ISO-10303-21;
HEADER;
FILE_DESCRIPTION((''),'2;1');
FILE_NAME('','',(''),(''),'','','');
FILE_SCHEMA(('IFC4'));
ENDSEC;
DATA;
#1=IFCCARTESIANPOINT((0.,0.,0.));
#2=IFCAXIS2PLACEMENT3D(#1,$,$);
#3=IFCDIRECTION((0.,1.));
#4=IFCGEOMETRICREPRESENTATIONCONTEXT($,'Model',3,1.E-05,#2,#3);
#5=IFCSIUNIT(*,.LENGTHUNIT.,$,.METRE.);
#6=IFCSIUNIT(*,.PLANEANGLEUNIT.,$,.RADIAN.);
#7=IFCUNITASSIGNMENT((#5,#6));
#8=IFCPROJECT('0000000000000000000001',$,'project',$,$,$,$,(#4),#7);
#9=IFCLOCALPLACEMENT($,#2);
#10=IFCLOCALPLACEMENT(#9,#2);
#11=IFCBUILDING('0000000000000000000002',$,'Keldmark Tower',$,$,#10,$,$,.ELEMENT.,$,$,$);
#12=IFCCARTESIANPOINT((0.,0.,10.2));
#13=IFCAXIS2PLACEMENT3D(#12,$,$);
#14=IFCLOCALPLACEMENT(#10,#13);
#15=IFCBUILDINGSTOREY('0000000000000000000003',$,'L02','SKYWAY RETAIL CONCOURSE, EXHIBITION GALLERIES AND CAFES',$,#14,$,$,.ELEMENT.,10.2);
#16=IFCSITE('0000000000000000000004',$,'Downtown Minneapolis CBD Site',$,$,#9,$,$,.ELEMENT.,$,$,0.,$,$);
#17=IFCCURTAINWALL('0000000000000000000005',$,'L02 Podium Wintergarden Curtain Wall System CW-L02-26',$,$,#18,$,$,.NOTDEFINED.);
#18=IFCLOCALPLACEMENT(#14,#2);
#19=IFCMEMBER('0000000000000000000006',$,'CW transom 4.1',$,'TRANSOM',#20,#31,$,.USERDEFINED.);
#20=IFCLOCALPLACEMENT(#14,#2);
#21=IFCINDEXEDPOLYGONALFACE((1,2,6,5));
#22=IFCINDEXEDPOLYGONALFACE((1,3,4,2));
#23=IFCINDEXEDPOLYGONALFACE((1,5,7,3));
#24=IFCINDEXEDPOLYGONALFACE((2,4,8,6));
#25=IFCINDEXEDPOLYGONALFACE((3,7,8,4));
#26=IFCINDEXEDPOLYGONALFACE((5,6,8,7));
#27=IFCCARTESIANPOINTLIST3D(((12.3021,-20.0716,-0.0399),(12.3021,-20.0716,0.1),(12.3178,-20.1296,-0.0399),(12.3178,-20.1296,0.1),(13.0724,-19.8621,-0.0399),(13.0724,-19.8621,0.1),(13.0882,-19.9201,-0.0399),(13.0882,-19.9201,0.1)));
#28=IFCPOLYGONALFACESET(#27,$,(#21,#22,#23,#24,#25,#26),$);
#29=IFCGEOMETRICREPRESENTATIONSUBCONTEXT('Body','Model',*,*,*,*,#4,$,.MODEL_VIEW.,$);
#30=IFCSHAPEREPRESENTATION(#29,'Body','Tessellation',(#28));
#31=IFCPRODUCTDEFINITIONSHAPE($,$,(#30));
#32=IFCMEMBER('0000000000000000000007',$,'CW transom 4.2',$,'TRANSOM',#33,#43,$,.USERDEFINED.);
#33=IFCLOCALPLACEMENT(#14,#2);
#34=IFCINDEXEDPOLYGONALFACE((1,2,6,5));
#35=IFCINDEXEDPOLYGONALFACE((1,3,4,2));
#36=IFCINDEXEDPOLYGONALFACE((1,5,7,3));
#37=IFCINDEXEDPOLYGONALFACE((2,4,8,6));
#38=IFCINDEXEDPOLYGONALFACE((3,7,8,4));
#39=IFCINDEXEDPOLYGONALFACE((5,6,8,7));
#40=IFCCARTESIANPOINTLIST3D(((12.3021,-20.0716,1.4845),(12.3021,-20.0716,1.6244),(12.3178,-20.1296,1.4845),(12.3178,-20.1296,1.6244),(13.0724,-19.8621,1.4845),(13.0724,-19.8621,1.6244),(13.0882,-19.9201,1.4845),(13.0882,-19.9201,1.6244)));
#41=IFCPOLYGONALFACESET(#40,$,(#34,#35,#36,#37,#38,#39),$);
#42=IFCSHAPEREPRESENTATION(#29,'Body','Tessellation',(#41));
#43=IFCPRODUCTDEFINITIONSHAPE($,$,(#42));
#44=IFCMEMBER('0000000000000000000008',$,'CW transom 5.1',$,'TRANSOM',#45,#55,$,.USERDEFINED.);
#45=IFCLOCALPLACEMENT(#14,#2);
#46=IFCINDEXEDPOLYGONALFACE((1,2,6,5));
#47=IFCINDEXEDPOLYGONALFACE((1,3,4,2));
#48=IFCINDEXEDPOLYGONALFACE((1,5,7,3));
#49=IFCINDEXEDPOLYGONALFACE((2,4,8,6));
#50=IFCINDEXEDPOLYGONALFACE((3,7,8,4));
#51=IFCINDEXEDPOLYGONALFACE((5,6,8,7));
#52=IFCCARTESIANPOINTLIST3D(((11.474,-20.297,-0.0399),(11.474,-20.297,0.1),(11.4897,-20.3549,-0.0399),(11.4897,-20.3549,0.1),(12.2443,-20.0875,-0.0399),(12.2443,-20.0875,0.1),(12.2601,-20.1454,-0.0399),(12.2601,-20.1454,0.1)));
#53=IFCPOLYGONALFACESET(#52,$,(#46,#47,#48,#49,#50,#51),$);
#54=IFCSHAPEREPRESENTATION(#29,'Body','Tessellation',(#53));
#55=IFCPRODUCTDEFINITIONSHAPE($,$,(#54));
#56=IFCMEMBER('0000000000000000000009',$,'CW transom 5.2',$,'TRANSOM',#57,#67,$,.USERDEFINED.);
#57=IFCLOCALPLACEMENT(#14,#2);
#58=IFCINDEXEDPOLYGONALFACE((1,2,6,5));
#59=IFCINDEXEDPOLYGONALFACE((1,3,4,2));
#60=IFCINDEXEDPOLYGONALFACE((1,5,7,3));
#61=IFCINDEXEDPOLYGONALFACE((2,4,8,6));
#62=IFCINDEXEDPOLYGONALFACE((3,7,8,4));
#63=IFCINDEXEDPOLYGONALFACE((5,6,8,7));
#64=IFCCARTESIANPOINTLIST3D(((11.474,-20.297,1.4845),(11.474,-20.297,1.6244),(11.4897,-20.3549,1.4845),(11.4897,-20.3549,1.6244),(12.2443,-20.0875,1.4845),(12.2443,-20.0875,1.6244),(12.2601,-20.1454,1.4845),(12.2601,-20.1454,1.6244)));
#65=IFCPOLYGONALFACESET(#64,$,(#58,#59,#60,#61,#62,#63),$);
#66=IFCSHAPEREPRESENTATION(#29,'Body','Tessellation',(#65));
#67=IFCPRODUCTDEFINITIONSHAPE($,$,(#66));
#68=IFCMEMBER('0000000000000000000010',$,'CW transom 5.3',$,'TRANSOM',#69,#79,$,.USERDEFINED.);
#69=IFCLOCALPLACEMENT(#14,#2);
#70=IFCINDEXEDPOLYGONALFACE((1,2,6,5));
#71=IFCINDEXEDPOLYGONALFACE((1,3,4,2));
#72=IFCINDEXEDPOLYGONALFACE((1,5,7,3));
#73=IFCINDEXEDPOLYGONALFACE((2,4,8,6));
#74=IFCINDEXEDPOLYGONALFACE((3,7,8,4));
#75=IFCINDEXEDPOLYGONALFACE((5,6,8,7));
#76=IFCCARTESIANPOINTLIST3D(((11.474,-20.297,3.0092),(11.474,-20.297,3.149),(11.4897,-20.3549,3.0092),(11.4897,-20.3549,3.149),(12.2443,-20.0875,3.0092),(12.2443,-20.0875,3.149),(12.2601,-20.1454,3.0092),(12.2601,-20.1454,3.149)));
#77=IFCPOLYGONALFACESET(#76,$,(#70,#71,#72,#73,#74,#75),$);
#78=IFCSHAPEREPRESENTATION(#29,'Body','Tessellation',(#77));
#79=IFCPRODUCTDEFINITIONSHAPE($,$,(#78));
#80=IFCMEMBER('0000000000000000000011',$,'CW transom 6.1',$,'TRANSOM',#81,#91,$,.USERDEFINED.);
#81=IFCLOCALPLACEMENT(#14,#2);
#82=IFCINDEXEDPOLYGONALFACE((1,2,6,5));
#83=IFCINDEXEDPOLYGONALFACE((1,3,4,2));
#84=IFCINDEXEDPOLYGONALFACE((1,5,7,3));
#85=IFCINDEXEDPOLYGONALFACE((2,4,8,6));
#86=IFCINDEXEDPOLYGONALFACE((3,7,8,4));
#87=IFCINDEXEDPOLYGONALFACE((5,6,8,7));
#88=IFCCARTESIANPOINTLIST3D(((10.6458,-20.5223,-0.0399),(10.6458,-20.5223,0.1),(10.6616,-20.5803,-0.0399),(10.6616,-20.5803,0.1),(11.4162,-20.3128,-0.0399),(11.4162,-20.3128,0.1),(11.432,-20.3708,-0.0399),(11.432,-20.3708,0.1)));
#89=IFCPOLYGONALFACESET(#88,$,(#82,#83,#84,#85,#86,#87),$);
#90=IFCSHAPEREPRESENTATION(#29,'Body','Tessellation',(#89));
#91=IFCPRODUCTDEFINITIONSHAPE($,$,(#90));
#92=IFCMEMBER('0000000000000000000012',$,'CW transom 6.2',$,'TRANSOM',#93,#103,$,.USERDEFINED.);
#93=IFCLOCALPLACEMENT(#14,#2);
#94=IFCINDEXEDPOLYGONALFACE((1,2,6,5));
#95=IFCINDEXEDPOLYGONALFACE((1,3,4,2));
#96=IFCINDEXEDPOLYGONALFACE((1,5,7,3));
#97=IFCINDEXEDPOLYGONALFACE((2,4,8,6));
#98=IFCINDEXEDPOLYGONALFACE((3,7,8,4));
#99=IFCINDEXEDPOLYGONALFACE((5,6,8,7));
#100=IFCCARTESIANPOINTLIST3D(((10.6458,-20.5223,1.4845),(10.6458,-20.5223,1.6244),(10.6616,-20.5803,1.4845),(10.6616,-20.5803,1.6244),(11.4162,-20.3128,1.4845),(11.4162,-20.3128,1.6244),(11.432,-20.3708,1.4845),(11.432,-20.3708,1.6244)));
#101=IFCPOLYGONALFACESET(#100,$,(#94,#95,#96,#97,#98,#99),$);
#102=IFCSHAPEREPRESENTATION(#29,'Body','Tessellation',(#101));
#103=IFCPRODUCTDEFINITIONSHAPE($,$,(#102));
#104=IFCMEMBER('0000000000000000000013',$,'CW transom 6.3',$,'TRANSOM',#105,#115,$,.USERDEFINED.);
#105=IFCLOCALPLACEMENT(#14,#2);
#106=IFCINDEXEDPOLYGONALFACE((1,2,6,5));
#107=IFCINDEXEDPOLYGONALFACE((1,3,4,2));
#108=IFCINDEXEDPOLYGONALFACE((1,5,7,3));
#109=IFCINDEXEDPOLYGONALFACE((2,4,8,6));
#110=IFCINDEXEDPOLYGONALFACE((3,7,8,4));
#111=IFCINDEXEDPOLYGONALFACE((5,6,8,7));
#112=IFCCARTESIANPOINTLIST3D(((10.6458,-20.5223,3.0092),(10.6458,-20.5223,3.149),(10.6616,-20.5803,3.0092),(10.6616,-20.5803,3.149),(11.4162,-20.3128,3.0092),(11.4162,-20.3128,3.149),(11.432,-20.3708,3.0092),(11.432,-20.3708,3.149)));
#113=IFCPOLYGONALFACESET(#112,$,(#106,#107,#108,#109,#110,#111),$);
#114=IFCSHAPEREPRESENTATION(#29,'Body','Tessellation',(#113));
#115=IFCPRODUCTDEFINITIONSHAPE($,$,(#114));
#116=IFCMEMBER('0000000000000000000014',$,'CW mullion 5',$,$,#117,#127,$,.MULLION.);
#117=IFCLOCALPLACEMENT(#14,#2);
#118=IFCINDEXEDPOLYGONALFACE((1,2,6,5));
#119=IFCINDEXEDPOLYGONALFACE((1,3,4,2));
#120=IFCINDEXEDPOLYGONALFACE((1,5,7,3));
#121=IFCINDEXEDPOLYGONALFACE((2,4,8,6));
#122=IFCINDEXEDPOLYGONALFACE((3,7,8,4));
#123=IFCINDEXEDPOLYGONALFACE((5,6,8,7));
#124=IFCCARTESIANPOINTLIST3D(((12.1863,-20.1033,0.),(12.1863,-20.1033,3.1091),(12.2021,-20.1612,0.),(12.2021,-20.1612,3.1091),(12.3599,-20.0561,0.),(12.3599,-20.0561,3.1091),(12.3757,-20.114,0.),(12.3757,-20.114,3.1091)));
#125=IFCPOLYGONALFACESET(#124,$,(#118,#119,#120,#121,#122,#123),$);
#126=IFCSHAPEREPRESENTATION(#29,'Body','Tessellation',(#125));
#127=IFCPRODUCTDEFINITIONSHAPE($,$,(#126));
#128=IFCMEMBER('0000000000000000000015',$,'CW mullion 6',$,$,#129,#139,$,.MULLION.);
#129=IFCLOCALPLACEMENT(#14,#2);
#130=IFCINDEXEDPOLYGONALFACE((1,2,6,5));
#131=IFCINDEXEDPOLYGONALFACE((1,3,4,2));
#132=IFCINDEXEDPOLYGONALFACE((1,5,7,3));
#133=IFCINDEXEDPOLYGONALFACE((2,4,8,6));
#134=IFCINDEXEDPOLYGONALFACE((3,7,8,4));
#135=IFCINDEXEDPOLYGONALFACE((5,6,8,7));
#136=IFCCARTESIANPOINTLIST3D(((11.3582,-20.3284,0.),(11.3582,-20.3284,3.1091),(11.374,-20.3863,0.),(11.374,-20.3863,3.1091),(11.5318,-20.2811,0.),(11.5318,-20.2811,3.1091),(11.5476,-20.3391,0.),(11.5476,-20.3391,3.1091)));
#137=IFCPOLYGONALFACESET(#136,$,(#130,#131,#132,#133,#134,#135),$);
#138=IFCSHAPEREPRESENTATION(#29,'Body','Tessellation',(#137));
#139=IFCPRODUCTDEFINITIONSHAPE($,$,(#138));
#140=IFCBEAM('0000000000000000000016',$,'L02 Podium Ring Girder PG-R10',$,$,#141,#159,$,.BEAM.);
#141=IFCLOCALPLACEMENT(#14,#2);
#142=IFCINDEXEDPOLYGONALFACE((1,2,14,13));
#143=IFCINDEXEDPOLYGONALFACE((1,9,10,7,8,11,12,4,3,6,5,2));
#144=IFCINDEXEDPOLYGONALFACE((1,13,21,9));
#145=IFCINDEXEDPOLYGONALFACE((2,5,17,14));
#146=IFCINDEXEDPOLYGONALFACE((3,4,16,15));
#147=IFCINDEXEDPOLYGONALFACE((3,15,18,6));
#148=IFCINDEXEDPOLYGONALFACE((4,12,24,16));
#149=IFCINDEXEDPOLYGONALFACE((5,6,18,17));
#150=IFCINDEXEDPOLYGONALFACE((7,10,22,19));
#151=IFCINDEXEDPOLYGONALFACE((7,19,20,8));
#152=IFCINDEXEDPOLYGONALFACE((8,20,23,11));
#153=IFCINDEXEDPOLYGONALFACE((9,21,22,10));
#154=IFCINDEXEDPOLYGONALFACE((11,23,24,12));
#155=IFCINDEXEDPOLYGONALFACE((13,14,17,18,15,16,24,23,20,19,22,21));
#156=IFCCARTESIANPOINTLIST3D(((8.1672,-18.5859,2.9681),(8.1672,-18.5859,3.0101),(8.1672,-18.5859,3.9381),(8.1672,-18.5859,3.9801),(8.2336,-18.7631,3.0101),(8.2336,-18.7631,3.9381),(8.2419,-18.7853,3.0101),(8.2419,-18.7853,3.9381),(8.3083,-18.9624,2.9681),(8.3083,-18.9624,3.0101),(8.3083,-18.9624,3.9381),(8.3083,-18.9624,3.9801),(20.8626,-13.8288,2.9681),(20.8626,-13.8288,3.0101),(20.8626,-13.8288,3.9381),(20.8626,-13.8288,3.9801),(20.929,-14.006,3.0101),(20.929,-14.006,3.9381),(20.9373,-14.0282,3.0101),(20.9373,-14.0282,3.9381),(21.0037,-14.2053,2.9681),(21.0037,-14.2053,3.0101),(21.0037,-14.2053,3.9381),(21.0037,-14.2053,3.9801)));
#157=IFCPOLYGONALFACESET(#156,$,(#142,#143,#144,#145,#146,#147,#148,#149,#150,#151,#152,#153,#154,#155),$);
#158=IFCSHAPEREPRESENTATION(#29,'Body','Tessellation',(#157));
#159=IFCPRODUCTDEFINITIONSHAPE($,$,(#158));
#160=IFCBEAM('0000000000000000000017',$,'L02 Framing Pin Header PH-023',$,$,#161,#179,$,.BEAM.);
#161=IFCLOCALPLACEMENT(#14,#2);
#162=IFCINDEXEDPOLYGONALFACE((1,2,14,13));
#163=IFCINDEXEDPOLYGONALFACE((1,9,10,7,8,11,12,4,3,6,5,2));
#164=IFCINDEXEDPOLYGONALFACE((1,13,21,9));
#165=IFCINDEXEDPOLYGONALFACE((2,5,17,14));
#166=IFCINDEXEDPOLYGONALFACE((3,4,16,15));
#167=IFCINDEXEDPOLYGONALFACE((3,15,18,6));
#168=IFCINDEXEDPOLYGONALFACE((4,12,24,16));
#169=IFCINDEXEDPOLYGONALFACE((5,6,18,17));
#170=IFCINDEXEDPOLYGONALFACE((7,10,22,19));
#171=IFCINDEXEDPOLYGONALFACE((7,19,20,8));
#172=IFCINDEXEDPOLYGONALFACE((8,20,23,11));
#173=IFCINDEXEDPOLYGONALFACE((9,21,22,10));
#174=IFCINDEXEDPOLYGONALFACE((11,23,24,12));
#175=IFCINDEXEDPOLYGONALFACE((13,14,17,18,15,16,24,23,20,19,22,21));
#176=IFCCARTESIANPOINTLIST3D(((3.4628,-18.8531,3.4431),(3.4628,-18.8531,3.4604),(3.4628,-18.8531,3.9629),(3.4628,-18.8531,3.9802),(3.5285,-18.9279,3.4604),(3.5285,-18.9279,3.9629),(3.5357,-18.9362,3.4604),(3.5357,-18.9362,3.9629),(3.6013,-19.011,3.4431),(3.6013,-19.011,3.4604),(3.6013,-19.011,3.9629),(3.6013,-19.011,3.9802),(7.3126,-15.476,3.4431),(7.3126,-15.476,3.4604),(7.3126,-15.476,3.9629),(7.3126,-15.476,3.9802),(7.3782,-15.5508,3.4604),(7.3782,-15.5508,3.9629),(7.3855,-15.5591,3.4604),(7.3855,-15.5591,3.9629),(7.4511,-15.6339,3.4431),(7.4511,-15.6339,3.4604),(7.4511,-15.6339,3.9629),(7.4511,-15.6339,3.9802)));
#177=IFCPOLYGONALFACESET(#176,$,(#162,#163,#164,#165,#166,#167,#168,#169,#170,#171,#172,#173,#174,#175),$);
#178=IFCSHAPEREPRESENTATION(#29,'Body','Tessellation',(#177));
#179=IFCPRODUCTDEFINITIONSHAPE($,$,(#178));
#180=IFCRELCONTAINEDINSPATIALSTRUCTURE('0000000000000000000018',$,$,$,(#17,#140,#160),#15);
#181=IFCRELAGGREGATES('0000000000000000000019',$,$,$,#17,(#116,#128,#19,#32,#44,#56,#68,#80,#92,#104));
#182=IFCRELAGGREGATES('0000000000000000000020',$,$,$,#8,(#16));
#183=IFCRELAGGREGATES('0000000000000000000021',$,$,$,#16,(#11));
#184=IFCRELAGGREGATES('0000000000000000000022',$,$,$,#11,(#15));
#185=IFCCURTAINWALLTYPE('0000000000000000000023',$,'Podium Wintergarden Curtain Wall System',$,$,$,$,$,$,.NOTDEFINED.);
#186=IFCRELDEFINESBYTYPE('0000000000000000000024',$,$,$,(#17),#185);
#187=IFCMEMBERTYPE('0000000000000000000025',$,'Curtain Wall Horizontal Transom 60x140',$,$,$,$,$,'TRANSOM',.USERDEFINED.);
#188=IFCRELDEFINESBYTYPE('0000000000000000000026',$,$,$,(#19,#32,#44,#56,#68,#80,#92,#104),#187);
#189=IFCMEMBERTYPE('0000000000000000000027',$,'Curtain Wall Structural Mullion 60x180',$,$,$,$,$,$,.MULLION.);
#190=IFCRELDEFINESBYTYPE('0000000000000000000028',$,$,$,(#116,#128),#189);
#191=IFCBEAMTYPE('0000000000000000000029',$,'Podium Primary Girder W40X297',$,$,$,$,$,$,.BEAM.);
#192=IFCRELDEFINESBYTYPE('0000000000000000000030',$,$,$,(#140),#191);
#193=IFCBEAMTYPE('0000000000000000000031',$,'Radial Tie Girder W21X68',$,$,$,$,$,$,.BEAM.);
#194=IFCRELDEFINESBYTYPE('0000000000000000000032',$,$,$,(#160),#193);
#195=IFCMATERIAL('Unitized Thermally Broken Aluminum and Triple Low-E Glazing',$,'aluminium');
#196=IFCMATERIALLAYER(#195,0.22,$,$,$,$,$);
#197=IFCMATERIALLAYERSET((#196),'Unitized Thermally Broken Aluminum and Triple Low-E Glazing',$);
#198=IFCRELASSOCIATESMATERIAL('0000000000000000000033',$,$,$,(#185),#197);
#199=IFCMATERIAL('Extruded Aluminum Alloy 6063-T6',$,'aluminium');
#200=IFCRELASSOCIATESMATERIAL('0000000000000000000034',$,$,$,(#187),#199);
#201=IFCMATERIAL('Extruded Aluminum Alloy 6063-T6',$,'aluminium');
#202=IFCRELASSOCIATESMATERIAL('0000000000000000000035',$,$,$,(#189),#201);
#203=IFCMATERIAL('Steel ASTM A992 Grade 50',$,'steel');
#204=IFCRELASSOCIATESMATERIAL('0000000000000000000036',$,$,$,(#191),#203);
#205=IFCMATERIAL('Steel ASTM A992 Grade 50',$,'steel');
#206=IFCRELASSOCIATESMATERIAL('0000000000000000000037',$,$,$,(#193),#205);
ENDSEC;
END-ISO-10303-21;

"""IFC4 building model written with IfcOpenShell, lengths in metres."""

from ifc_helpers import new_model, si_unit, direction, frame, origin, origin_2d, place, context, subcontext, project, spatial, rectangle, i_section, extrude, material, layer, layer_set, material_profile, profile_set, type_object, element, aggregate, save


model = new_model("IFC4")

# Units and contexts
model_context = context("Model", 3, precision=1e-05, world=origin(), true_north=direction((0.0, 1.0)))
body_context = subcontext(model_context, "Body", "Model", "MODEL_VIEW")
ifc_project = project(units=[si_unit("LENGTHUNIT", "METRE"), si_unit("PLANEANGLEUNIT", "RADIAN")], contexts=[model_context])

# Site, building, storey
site_placement = place(None, origin())
site = spatial("IfcSite", under=ifc_project, at=site_placement, Name="Downtown Minneapolis CBD Site", CompositionType="ELEMENT", RefElevation=0.0)
building_placement = place(site_placement, origin())
building = spatial("IfcBuilding", under=site, at=building_placement, Name="Keldmark Tower", CompositionType="ELEMENT")
storey_placement = place(building_placement, frame((0.0, 0.0, 10.2)))
storey = spatial("IfcBuildingStorey", under=building, at=storey_placement, Name="L02", Description="SKYWAY RETAIL CONCOURSE, EXHIBITION GALLERIES AND CAFES", CompositionType="ELEMENT", Elevation=10.2)

# Curtain wall, members
ifc_material_1 = material(Name="Unitized Thermally Broken Aluminum and Triple Low-E Glazing", Category="aluminium")
ifc_layer_1 = layer(ifc_material_1, 0.22)
ifc_layer_set_1 = layer_set([ifc_layer_1], Name="Unitized Thermally Broken Aluminum and Triple Low-E Glazing")
curtain_wall_type = type_object("IfcCurtainWallType", Name="Podium Wintergarden Curtain Wall System", PredefinedType="NOTDEFINED", material=ifc_layer_set_1)
curtain_wall_placement = place(storey_placement, origin())
curtain_wall = element("IfcCurtainWall", 1, at=curtain_wall_placement, inside=storey, type_object=curtain_wall_type, Name="L02 Podium Wintergarden Curtain Wall System CW-L02-26", PredefinedType="NOTDEFINED")
ifc_material_2 = material(Name="Extruded Aluminum Alloy 6063-T6", Category="aluminium")
ifc_material_profile_1 = material_profile(ifc_material_2, rectangle(XDim=0.0601, YDim=0.1399, at=origin_2d()), Name="CWT60X140")
ifc_profile_set_1 = profile_set([ifc_material_profile_1], Name="Extruded Aluminum Alloy 6063-T6")
member_type_1 = type_object("IfcMemberType", Name="Curtain Wall Horizontal Transom 60x140", ElementType="TRANSOM", PredefinedType="USERDEFINED", material=ifc_profile_set_1)
member_1_placement = place(storey_placement, frame((13.0803, -19.8911, 0.03), z_axis=(-0.964954, -0.262419, 0.0), x_axis=(0.262419, -0.964954, 0.0)))
member_1 = element("IfcMember", 2, at=member_1_placement, type_object=member_type_1, Name="CW transom 4.1", ObjectType="TRANSOM", PredefinedType="USERDEFINED", context=body_context, shape_type="SweptSolid", body=[
    extrude(rectangle(XDim=0.0601, YDim=0.1399, at=origin_2d()), origin(), (0.0, 0.0, 1.0), 0.7983),
])
member_2_placement = place(storey_placement, frame((13.0803, -19.8911, 1.5544), z_axis=(-0.964954, -0.262419, 0.0), x_axis=(0.262419, -0.964954, 0.0)))
member_2 = element("IfcMember", 3, at=member_2_placement, type_object=member_type_1, Name="CW transom 4.2", ObjectType="TRANSOM", PredefinedType="USERDEFINED", context=body_context, shape_type="SweptSolid", body=[
    extrude(rectangle(XDim=0.0601, YDim=0.1399, at=origin_2d()), origin(), (0.0, 0.0, 1.0), 0.7983),
])
member_3_placement = place(storey_placement, frame((12.2522, -20.1165, 0.03), z_axis=(-0.964954, -0.262419, 0.0), x_axis=(0.262419, -0.964954, 0.0)))
member_3 = element("IfcMember", 4, at=member_3_placement, type_object=member_type_1, Name="CW transom 5.1", ObjectType="TRANSOM", PredefinedType="USERDEFINED", context=body_context, shape_type="SweptSolid", body=[
    extrude(rectangle(XDim=0.0601, YDim=0.1399, at=origin_2d()), origin(), (0.0, 0.0, 1.0), 0.7983),
])
member_4_placement = place(storey_placement, frame((12.2522, -20.1165, 1.5544), z_axis=(-0.964954, -0.262419, 0.0), x_axis=(0.262419, -0.964954, 0.0)))
member_4 = element("IfcMember", 5, at=member_4_placement, type_object=member_type_1, Name="CW transom 5.2", ObjectType="TRANSOM", PredefinedType="USERDEFINED", context=body_context, shape_type="SweptSolid", body=[
    extrude(rectangle(XDim=0.0601, YDim=0.1399, at=origin_2d()), origin(), (0.0, 0.0, 1.0), 0.7983),
])
member_5_placement = place(storey_placement, frame((12.2522, -20.1165, 3.0791), z_axis=(-0.964954, -0.262419, 0.0), x_axis=(0.262419, -0.964954, 0.0)))
member_5 = element("IfcMember", 6, at=member_5_placement, type_object=member_type_1, Name="CW transom 5.3", ObjectType="TRANSOM", PredefinedType="USERDEFINED", context=body_context, shape_type="SweptSolid", body=[
    extrude(rectangle(XDim=0.0601, YDim=0.1399, at=origin_2d()), origin(), (0.0, 0.0, 1.0), 0.7983),
])
member_6_placement = place(storey_placement, frame((11.4241, -20.3418, 0.03), z_axis=(-0.964954, -0.262419, 0.0), x_axis=(0.262419, -0.964954, 0.0)))
member_6 = element("IfcMember", 7, at=member_6_placement, type_object=member_type_1, Name="CW transom 6.1", ObjectType="TRANSOM", PredefinedType="USERDEFINED", context=body_context, shape_type="SweptSolid", body=[
    extrude(rectangle(XDim=0.0601, YDim=0.1399, at=origin_2d()), origin(), (0.0, 0.0, 1.0), 0.7983),
])
member_7_placement = place(storey_placement, frame((11.4241, -20.3418, 1.5544), z_axis=(-0.964954, -0.262419, 0.0), x_axis=(0.262419, -0.964954, 0.0)))
member_7 = element("IfcMember", 8, at=member_7_placement, type_object=member_type_1, Name="CW transom 6.2", ObjectType="TRANSOM", PredefinedType="USERDEFINED", context=body_context, shape_type="SweptSolid", body=[
    extrude(rectangle(XDim=0.0601, YDim=0.1399, at=origin_2d()), origin(), (0.0, 0.0, 1.0), 0.7983),
])
member_8_placement = place(storey_placement, frame((11.4241, -20.3418, 3.0791), z_axis=(-0.964954, -0.262419, 0.0), x_axis=(0.262419, -0.964954, 0.0)))
member_8 = element("IfcMember", 9, at=member_8_placement, type_object=member_type_1, Name="CW transom 6.3", ObjectType="TRANSOM", PredefinedType="USERDEFINED", context=body_context, shape_type="SweptSolid", body=[
    extrude(rectangle(XDim=0.0601, YDim=0.1399, at=origin_2d()), origin(), (0.0, 0.0, 1.0), 0.7983),
])
ifc_material_3 = material(Name="Extruded Aluminum Alloy 6063-T6", Category="aluminium")
ifc_material_profile_2 = material_profile(ifc_material_3, rectangle(XDim=0.0601, YDim=0.1799, at=origin_2d()), Name="CWM60X180")
ifc_profile_set_2 = profile_set([ifc_material_profile_2], Name="Extruded Aluminum Alloy 6063-T6")
member_type_2 = type_object("IfcMemberType", Name="Curtain Wall Structural Mullion 60x180", PredefinedType="MULLION", material=ifc_profile_set_2)
member_9_placement = place(storey_placement, frame((12.281, -20.1086, 0.0), z_axis=(0.0, 0.0, 1.0), x_axis=(0.262493, -0.964934, 0.0)))
member_9 = element("IfcMember", 10, at=member_9_placement, type_object=member_type_2, Name="CW mullion 5", PredefinedType="MULLION", context=body_context, shape_type="SweptSolid", body=[
    extrude(rectangle(XDim=0.0601, YDim=0.1799, at=origin_2d()), origin(), (0.0, 0.0, 1.0), 3.1091),
])
member_10_placement = place(storey_placement, frame((11.4529, -20.3337, 0.0), z_axis=(0.0, 0.0, 1.0), x_axis=(0.262493, -0.964934, 0.0)))
member_10 = element("IfcMember", 11, at=member_10_placement, type_object=member_type_2, Name="CW mullion 6", PredefinedType="MULLION", context=body_context, shape_type="SweptSolid", body=[
    extrude(rectangle(XDim=0.0601, YDim=0.1799, at=origin_2d()), origin(), (0.0, 0.0, 1.0), 3.1091),
])

# Beams
ifc_material_4 = material(Name="Steel ASTM A992 Grade 50", Category="steel")
ifc_material_profile_3 = material_profile(ifc_material_4, i_section(OverallWidth=0.4021, OverallDepth=1.012, WebThickness=0.0237, FlangeThickness=0.042, at=origin_2d()), Name="W40X297")
ifc_profile_set_3 = profile_set([ifc_material_profile_3], Name="Steel ASTM A992 Grade 50")
beam_type_1 = type_object("IfcBeamType", Name="Podium Primary Girder W40X297", PredefinedType="BEAM", material=ifc_profile_set_3)
beam_1_placement = place(storey_placement, frame((8.2378, -18.7742, 3.4741), z_axis=(0.936418, 0.350887, 0.0), x_axis=(-0.350887, 0.936418, 0.0)))
element("IfcBeam", 12, at=beam_1_placement, inside=storey, type_object=beam_type_1, Name="L02 Podium Ring Girder PG-R10", PredefinedType="BEAM", context=body_context, shape_type="SweptSolid", body=[
    extrude(i_section(OverallWidth=0.4021, OverallDepth=1.012, WebThickness=0.0237, FlangeThickness=0.042, at=origin_2d()), origin(), (0.0, 0.0, 1.0), 13.5574),
])
ifc_material_5 = material(Name="Steel ASTM A992 Grade 50", Category="steel")
ifc_material_profile_4 = material_profile(ifc_material_5, i_section(OverallWidth=0.21, OverallDepth=0.5371, WebThickness=0.011, FlangeThickness=0.0173, at=origin_2d()), Name="W21X68")
ifc_profile_set_4 = profile_set([ifc_material_profile_4], Name="Steel ASTM A992 Grade 50")
beam_type_2 = type_object("IfcBeamType", Name="Radial Tie Girder W21X68", PredefinedType="BEAM", material=ifc_profile_set_4)
beam_2_placement = place(storey_placement, frame((7.3818, -15.5549, 3.7117), z_axis=(-0.751746, -0.659452, 0.0), x_axis=(0.659452, -0.751746, 0.0)))
element("IfcBeam", 13, at=beam_2_placement, inside=storey, type_object=beam_type_2, Name="L02 Framing Pin Header PH-023", PredefinedType="BEAM", context=body_context, shape_type="SweptSolid", body=[
    extrude(i_section(OverallWidth=0.21, OverallDepth=0.5371, WebThickness=0.011, FlangeThickness=0.0173, at=origin_2d()), origin(), (0.0, 0.0, 1.0), 5.1211),
])

aggregate(curtain_wall, [member_9, member_10, member_1, member_2, member_3, member_4, member_5, member_6, member_7, member_8])

save(model, "model.ifc")
